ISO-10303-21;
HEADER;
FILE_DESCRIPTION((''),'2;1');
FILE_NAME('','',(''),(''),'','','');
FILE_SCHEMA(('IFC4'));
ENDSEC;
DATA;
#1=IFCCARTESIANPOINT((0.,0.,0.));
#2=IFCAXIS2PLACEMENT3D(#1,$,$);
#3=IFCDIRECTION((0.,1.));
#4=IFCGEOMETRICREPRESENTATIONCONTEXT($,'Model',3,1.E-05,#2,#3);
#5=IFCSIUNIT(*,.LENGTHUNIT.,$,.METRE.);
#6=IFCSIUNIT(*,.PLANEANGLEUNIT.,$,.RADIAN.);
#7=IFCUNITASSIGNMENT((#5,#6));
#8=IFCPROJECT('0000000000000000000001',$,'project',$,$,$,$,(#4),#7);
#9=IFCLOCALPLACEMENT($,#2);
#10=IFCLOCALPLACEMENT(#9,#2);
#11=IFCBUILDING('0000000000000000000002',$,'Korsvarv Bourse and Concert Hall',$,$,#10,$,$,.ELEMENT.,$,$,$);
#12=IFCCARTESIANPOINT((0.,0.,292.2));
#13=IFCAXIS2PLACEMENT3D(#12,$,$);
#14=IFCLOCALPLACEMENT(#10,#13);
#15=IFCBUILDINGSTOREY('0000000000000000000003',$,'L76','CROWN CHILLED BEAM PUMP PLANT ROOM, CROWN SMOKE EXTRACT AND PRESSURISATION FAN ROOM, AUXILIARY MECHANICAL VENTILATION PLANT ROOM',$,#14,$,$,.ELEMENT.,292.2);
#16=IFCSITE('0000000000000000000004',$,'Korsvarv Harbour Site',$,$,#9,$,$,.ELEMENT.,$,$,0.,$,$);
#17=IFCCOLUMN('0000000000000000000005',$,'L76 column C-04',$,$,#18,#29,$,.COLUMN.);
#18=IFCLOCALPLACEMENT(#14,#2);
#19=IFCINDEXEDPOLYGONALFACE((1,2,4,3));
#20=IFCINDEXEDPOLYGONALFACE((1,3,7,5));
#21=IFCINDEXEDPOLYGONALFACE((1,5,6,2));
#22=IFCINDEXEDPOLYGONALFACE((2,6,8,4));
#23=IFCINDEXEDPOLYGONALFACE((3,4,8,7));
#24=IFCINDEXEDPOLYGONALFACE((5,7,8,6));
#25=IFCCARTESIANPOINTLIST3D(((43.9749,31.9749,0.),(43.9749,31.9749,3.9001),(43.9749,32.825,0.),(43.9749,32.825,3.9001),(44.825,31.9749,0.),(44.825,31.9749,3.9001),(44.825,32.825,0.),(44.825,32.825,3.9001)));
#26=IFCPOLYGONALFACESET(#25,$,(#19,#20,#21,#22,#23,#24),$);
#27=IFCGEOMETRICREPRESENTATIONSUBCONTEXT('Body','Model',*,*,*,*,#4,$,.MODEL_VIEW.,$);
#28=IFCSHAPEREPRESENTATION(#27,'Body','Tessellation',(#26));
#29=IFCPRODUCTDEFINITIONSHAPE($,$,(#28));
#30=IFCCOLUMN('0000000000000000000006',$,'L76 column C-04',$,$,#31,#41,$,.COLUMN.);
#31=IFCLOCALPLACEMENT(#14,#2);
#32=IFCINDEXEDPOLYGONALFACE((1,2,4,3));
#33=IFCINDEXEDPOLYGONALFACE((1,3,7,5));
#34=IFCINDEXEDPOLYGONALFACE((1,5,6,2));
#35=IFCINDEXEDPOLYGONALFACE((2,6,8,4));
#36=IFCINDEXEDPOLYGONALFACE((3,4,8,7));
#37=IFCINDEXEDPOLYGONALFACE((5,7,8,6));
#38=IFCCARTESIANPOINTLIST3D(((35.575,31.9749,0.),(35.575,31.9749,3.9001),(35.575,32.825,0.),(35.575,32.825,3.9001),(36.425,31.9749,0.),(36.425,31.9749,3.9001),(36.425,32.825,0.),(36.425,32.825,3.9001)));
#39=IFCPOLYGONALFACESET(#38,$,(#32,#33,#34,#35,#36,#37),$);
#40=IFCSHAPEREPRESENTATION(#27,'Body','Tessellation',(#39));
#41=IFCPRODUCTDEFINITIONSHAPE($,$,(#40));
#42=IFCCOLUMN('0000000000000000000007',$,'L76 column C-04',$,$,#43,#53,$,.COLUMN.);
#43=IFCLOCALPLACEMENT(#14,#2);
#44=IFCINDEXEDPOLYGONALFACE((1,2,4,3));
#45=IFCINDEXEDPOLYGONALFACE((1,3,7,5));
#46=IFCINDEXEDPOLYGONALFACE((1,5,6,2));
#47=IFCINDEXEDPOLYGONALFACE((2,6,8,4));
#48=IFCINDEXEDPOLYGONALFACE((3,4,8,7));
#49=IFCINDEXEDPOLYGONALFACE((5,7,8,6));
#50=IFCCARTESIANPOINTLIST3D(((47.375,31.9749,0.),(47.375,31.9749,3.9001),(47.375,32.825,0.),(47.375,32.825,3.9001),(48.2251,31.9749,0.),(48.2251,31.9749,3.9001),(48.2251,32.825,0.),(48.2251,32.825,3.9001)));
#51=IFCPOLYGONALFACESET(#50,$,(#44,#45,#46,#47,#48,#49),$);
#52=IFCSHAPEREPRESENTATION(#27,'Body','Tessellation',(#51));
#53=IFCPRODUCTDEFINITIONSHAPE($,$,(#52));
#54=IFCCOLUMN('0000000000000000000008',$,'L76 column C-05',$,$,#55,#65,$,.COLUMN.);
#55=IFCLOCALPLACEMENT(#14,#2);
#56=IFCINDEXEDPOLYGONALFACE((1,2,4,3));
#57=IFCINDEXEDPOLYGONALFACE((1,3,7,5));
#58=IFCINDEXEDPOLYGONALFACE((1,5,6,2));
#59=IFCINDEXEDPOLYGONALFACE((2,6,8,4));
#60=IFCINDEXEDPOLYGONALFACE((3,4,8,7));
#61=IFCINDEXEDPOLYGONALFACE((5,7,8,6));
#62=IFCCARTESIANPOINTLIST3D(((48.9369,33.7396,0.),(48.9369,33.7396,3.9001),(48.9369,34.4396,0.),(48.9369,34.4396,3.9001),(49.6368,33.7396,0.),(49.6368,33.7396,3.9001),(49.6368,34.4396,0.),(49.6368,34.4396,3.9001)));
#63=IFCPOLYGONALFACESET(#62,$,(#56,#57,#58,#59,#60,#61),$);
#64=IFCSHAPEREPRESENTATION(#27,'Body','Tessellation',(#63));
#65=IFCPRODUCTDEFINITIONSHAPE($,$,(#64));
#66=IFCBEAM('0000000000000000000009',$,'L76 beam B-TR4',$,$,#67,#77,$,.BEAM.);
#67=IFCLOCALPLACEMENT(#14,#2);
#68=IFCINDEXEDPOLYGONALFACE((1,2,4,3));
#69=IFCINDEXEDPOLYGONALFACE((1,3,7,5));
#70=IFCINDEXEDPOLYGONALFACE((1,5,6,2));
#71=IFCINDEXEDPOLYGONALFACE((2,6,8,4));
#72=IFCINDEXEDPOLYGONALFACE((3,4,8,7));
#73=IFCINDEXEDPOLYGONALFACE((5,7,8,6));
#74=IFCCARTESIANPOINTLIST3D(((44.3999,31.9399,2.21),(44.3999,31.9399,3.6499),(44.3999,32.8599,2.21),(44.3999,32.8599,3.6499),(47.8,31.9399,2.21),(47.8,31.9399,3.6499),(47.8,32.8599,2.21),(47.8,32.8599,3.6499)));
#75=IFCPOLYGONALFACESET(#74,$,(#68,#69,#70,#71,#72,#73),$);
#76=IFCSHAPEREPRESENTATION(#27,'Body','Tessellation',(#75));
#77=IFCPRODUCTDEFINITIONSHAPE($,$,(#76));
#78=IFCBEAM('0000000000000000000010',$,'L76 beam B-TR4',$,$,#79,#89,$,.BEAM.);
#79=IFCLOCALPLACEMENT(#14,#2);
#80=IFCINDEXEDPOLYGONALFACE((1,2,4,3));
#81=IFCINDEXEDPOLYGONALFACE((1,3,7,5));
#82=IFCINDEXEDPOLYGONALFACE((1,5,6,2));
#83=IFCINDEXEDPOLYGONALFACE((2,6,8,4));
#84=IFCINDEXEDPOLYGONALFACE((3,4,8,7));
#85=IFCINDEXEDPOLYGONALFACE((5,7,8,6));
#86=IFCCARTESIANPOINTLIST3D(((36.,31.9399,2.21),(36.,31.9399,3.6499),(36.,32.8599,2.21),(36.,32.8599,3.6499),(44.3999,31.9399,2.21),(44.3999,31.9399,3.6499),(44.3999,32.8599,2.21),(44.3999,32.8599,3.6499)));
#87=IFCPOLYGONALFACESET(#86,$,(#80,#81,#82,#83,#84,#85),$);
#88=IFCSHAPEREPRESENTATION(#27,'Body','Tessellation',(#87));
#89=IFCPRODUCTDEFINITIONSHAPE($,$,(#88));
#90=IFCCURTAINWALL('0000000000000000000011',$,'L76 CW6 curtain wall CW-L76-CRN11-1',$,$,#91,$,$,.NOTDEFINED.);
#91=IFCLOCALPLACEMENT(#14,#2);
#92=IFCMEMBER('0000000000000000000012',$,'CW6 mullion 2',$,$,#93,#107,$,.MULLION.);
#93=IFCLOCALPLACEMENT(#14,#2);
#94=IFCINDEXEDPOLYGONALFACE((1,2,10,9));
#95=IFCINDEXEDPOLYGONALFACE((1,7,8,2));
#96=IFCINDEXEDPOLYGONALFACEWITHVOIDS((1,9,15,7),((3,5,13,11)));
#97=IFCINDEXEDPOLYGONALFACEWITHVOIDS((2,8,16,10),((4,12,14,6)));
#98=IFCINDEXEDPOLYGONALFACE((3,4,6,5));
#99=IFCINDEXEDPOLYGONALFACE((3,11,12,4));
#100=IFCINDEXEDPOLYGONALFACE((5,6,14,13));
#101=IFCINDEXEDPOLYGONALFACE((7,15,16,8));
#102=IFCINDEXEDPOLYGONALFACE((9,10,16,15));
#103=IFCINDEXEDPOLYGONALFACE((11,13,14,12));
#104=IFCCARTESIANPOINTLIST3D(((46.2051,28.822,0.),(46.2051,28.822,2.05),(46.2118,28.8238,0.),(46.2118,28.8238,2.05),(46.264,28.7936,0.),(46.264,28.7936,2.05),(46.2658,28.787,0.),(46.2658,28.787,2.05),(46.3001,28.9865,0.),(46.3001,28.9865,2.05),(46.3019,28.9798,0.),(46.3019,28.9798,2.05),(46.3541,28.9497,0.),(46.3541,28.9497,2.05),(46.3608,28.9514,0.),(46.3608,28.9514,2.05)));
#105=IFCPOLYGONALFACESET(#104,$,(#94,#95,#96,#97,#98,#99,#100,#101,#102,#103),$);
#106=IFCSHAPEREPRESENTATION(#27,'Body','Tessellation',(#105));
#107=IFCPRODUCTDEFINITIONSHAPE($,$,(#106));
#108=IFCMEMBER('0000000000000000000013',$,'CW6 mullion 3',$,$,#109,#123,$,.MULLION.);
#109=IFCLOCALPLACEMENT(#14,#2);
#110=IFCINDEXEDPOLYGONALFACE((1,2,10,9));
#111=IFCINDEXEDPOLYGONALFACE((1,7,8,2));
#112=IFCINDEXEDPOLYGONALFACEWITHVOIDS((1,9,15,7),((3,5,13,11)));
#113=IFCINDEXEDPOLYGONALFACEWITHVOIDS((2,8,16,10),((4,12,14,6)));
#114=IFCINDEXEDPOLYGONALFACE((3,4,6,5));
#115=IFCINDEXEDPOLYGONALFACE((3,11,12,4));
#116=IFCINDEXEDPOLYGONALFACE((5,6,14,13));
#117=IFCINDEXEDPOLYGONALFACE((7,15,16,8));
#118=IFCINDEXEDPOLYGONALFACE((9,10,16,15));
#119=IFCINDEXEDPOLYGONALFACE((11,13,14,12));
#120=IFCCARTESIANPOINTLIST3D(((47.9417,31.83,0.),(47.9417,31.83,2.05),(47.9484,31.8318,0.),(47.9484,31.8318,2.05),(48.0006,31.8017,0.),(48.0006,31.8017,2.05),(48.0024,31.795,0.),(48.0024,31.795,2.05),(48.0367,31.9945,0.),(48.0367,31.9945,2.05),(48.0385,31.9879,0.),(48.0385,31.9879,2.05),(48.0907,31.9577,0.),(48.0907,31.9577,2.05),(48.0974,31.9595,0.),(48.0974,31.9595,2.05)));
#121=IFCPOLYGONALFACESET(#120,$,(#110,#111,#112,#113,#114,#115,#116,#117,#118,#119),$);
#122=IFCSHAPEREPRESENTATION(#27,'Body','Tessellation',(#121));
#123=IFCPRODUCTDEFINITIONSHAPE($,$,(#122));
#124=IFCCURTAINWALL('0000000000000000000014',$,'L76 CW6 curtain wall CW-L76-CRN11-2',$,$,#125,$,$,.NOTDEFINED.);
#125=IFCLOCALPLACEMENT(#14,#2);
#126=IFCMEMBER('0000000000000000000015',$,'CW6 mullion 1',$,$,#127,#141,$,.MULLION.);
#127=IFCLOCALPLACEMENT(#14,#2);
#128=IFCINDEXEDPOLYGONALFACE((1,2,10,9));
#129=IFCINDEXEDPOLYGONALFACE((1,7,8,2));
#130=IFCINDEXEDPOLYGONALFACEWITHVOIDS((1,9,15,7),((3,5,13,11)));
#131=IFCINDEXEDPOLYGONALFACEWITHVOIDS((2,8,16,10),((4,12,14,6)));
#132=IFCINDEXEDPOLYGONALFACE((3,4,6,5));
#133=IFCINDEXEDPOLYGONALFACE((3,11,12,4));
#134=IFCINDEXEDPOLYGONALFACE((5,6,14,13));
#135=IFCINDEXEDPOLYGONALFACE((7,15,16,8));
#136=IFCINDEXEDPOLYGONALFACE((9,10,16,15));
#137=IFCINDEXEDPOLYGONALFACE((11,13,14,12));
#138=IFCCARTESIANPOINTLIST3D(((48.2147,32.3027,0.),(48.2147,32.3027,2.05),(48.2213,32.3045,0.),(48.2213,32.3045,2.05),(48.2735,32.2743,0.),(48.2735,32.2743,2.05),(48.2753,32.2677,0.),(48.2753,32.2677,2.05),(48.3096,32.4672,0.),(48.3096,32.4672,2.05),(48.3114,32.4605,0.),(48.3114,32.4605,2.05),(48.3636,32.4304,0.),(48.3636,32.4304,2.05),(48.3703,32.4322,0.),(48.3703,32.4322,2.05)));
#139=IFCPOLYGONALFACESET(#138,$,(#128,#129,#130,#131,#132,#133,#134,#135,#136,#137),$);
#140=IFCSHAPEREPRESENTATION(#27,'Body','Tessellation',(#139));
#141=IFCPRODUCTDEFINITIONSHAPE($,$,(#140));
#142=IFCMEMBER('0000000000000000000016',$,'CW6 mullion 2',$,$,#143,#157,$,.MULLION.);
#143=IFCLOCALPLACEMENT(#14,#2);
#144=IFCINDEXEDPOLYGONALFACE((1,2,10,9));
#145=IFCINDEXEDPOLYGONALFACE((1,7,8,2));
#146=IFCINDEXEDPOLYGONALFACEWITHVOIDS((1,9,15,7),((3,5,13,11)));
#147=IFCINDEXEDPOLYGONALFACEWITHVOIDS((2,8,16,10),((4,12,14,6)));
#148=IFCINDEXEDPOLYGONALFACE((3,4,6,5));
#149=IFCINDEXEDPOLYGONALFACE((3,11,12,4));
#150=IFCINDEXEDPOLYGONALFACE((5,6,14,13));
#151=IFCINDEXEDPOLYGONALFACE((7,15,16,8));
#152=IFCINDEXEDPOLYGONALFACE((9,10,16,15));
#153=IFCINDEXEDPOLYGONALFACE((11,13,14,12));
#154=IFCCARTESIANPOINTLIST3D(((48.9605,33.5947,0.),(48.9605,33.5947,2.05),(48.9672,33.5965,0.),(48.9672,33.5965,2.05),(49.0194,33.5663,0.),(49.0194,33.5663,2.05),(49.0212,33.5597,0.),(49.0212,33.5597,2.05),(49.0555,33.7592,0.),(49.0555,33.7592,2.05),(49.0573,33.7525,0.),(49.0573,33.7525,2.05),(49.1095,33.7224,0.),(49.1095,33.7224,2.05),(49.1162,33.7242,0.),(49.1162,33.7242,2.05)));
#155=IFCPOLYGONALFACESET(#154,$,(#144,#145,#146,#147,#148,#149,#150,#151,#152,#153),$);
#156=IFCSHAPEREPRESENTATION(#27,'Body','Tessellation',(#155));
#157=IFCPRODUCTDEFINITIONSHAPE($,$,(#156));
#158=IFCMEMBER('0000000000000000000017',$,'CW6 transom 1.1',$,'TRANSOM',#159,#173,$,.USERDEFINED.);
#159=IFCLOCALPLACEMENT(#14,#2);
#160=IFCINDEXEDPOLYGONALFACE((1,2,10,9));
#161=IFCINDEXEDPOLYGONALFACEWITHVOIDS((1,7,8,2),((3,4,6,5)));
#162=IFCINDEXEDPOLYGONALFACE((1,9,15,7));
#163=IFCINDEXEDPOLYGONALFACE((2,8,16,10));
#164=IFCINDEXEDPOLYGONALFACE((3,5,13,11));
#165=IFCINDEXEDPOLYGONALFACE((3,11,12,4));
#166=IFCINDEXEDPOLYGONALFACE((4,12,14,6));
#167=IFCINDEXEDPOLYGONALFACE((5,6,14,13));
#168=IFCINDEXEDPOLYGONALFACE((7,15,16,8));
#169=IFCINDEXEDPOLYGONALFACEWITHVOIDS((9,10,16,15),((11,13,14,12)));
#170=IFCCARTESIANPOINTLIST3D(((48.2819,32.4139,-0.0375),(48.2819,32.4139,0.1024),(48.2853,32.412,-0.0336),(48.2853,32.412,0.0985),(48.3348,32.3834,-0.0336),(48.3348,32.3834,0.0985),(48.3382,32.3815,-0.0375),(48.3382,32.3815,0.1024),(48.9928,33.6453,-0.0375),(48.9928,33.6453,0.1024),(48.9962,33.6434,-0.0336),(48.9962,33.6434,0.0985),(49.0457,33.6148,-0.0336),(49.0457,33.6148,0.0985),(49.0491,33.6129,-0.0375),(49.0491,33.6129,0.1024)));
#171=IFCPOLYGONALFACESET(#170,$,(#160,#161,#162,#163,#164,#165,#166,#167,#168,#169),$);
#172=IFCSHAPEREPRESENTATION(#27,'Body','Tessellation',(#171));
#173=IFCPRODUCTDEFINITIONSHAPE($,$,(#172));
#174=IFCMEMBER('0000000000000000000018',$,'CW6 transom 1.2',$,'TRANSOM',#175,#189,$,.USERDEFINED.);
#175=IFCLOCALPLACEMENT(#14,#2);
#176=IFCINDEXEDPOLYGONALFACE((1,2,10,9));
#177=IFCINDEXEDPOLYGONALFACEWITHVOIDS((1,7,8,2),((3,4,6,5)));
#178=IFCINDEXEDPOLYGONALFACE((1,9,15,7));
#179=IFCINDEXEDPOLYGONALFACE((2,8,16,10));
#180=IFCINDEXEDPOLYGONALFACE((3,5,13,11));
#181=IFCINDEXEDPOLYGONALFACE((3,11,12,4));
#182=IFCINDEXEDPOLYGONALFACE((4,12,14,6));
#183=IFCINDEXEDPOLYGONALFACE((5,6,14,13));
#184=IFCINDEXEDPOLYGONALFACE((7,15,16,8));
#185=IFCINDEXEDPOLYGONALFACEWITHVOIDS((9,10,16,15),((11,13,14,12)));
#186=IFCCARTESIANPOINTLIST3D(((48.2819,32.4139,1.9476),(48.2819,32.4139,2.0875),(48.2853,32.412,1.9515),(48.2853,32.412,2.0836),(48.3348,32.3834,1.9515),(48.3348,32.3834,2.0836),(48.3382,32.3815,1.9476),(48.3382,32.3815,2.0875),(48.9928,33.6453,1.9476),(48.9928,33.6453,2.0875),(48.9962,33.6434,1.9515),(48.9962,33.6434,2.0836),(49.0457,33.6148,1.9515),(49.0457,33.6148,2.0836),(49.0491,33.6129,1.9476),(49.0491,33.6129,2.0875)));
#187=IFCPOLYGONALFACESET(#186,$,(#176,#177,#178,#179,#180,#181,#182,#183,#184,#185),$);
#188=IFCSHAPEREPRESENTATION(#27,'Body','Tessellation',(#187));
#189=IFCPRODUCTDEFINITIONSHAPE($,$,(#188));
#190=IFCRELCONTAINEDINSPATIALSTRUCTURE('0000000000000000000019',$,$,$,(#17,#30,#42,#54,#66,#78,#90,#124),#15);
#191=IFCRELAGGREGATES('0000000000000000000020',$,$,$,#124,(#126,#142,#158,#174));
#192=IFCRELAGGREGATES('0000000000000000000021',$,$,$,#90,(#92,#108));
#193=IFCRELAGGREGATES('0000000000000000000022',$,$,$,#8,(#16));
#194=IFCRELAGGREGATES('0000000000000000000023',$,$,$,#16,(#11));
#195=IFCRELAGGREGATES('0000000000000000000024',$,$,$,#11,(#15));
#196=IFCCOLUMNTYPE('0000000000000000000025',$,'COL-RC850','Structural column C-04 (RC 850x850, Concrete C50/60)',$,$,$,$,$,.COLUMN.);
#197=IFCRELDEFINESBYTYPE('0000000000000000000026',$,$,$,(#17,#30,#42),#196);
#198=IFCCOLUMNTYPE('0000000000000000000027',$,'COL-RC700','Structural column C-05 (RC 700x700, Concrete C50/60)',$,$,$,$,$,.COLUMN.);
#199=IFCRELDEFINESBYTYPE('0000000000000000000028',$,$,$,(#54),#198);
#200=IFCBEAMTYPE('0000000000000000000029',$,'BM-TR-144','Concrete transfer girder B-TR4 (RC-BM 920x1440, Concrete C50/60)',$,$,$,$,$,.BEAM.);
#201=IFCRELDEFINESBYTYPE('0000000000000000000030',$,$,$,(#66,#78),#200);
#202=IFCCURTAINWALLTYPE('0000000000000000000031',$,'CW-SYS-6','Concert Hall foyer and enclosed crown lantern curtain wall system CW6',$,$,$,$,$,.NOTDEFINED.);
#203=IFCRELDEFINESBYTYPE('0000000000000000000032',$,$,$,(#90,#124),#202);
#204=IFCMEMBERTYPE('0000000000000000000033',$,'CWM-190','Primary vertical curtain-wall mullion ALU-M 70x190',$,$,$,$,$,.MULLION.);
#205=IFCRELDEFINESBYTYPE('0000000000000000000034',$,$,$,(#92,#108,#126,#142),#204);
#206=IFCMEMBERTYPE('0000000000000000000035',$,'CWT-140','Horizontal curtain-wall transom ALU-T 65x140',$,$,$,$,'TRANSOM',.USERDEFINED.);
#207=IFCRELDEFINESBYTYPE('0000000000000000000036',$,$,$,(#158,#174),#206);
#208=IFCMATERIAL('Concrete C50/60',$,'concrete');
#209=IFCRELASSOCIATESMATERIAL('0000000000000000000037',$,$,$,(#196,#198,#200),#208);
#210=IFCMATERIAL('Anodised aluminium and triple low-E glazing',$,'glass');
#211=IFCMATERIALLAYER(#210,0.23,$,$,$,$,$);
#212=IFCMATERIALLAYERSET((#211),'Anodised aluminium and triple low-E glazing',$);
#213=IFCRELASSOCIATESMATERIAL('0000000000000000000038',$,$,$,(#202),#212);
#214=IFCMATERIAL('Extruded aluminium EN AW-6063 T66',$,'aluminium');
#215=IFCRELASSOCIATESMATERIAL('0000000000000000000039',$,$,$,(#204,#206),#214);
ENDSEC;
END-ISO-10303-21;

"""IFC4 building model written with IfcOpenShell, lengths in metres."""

from ifc_helpers import new_model, si_unit, direction, frame, origin, origin_2d, place, context, subcontext, project, spatial, rectangle, hollow_rectangle, extrude, source, transform, mapped, material, layer, layer_set, material_profile, profile_set, type_object, element, aggregate, save


model = new_model("IFC4")

# Units and contexts
model_context = context("Model", 3, precision=1e-05, world=origin(), true_north=direction((0.0, 1.0)))
body_context = subcontext(model_context, "Body", "Model", "MODEL_VIEW")
ifc_project = project(units=[si_unit("LENGTHUNIT", "METRE"), si_unit("PLANEANGLEUNIT", "RADIAN")], contexts=[model_context])

# Site, building, storey
site_placement = place(None, origin())
site = spatial("IfcSite", under=ifc_project, at=site_placement, Name="Korsvarv Harbour Site", CompositionType="ELEMENT", RefElevation=0.0)
building_placement = place(site_placement, origin())
building = spatial("IfcBuilding", under=site, at=building_placement, Name="Korsvarv Bourse and Concert Hall", CompositionType="ELEMENT")
storey_placement = place(building_placement, frame((0.0, 0.0, 292.2)))
storey = spatial("IfcBuildingStorey", under=building, at=storey_placement, Name="L76", Description="CROWN CHILLED BEAM PUMP PLANT ROOM, CROWN SMOKE EXTRACT AND PRESSURISATION FAN ROOM, AUXILIARY MECHANICAL VENTILATION PLANT ROOM", CompositionType="ELEMENT", Elevation=292.2)

# Columns
ifc_material_1 = material(Name="Concrete C50/60", Category="concrete")
ifc_material_profile_1 = material_profile(ifc_material_1, rectangle(XDim=0.8501, YDim=0.8501, at=origin_2d()), Name="RC 850x850")
ifc_profile_set_1 = profile_set([ifc_material_profile_1], Name="Concrete C50/60")
column_type_1 = type_object("IfcColumnType", Name="COL-RC850", Description="Structural column C-04 (RC 850x850, Concrete C50/60)", PredefinedType="COLUMN", material=ifc_profile_set_1)
shared_shape_1 = source(origin(), body_context, "Body", "SweptSolid", [
    extrude(rectangle(XDim=0.8501, YDim=0.8501, at=origin_2d()), origin(), (0.0, 0.0, 1.0), 3.9001),
])
for number, where, z_axis, x_axis, name in (
    (1, (44.3999, 32.3999, 0.0), (0.0, 0.0, 1.0), (1.0, 0.0, 0.0), "L76 column C-04"),
    (2, (36.0, 32.3999, 0.0), (0.0, 0.0, 1.0), (1.0, 0.0, 0.0), "L76 column C-04"),
    (3, (47.8, 32.3999, 0.0), (0.0, 0.0, 1.0), (1.0, 0.0, 0.0), "L76 column C-04"),
):
    element("IfcColumn", number, at=place(storey_placement, frame(where, z_axis=z_axis, x_axis=x_axis)), inside=storey, type_object=column_type_1, Name=name, PredefinedType="COLUMN", context=body_context, shape_type="MappedRepresentation", body=[
        mapped(shared_shape_1, transform((0.0, 0.0, 0.0), scale=1.0)),
    ])
ifc_material_profile_2 = material_profile(ifc_material_1, rectangle(XDim=0.7, YDim=0.7, at=origin_2d()), Name="RC 700x700")
ifc_profile_set_2 = profile_set([ifc_material_profile_2], Name="Concrete C50/60")
column_type_2 = type_object("IfcColumnType", Name="COL-RC700", Description="Structural column C-05 (RC 700x700, Concrete C50/60)", PredefinedType="COLUMN", material=ifc_profile_set_2)
shared_shape_2 = source(origin(), body_context, "Body", "SweptSolid", [
    extrude(rectangle(XDim=0.7, YDim=0.7, at=origin_2d()), origin(), (0.0, 0.0, 1.0), 3.9001),
])
column_placement = place(storey_placement, frame((49.2869, 34.0896, 0.0), z_axis=(0.0, 0.0, 1.0), x_axis=(1.0, 0.0, 0.0)))
element("IfcColumn", 4, at=column_placement, inside=storey, type_object=column_type_2, Name="L76 column C-05", PredefinedType="COLUMN", context=body_context, shape_type="MappedRepresentation", body=[
    mapped(shared_shape_2, transform((0.0, 0.0, 0.0), scale=1.0)),
])

# Beams
ifc_material_profile_3 = material_profile(ifc_material_1, rectangle(XDim=0.9199, YDim=1.4399, at=origin_2d()), Name="RC-BM 920x1440")
ifc_profile_set_3 = profile_set([ifc_material_profile_3], Name="Concrete C50/60")
beam_type = type_object("IfcBeamType", Name="BM-TR-144", Description="Concrete transfer girder B-TR4 (RC-BM 920x1440, Concrete C50/60)", PredefinedType="BEAM", material=ifc_profile_set_3)
shared_shape_3 = source(origin(), body_context, "Body", "SweptSolid", [
    extrude(rectangle(XDim=0.9199, YDim=1.4399, at=origin_2d()), origin(), (0.0, 0.0, 1.0), 3.4001),
])
beam_1_placement = place(storey_placement, frame((44.3999, 32.3999, 2.9299), z_axis=(1.0, 0.0, 0.0), x_axis=(0.0, 1.0, 0.0)))
element("IfcBeam", 5, at=beam_1_placement, inside=storey, type_object=beam_type, Name="L76 beam B-TR4", PredefinedType="BEAM", context=body_context, shape_type="MappedRepresentation", body=[
    mapped(shared_shape_3, transform((0.0, 0.0, 0.0), scale=1.0)),
])
shared_shape_4 = source(origin(), body_context, "Body", "SweptSolid", [
    extrude(rectangle(XDim=0.9199, YDim=1.4399, at=origin_2d()), origin(), (0.0, 0.0, 1.0), 8.3999),
])
beam_2_placement = place(storey_placement, frame((36.0, 32.3999, 2.9299), z_axis=(1.0, 0.0, 0.0), x_axis=(0.0, 1.0, 0.0)))
element("IfcBeam", 6, at=beam_2_placement, inside=storey, type_object=beam_type, Name="L76 beam B-TR4", PredefinedType="BEAM", context=body_context, shape_type="MappedRepresentation", body=[
    mapped(shared_shape_4, transform((0.0, 0.0, 0.0), scale=1.0)),
])

# Curtain walls, members
ifc_material_2 = material(Name="Anodised aluminium and triple low-E glazing", Category="glass")
ifc_layer_1 = layer(ifc_material_2, 0.23)
ifc_layer_set_1 = layer_set([ifc_layer_1], Name="Anodised aluminium and triple low-E glazing")
curtain_wall_type = type_object("IfcCurtainWallType", Name="CW-SYS-6", Description="Concert Hall foyer and enclosed crown lantern curtain wall system CW6", PredefinedType="NOTDEFINED", material=ifc_layer_set_1)
curtain_wall_1_placement = place(storey_placement, origin())
curtain_wall_1 = element("IfcCurtainWall", 7, at=curtain_wall_1_placement, inside=storey, type_object=curtain_wall_type, Name="L76 CW6 curtain wall CW-L76-CRN11-1", PredefinedType="NOTDEFINED")
ifc_material_3 = material(Name="Extruded aluminium EN AW-6063 T66", Category="aluminium")
ifc_material_profile_4 = material_profile(ifc_material_3, hollow_rectangle(XDim=0.0701, YDim=0.1899, WallThickness=0.0049, at=origin_2d()), Name="ALU-M 70x190")
ifc_profile_set_4 = profile_set([ifc_material_profile_4], Name="Extruded aluminium EN AW-6063 T66")
member_type_1 = type_object("IfcMemberType", Name="CWM-190", Description="Primary vertical curtain-wall mullion ALU-M 70x190", PredefinedType="MULLION", material=ifc_profile_set_4)
shared_shape_5 = source(origin(), body_context, "Body", "SweptSolid", [
    extrude(hollow_rectangle(XDim=0.0701, YDim=0.1899, WallThickness=0.0049, at=origin_2d()), origin(), (0.0, 0.0, 1.0), 2.05),
])
member_1_placement = place(storey_placement, frame((46.283, 28.8867, 0.0), z_axis=(0.0, 0.0, 1.0), x_axis=(-0.866027, 0.499997, 0.0)))
member_1 = element("IfcMember", 8, at=member_1_placement, type_object=member_type_1, Name="CW6 mullion 2", PredefinedType="MULLION", context=body_context, shape_type="MappedRepresentation", body=[
    mapped(shared_shape_5, transform((0.0, 0.0, 0.0), scale=1.0)),
])
member_2_placement = place(storey_placement, frame((48.0195, 31.8948, 0.0), z_axis=(0.0, 0.0, 1.0), x_axis=(-0.866027, 0.499997, 0.0)))
member_2 = element("IfcMember", 9, at=member_2_placement, type_object=member_type_1, Name="CW6 mullion 3", PredefinedType="MULLION", context=body_context, shape_type="MappedRepresentation", body=[
    mapped(shared_shape_5, transform((0.0, 0.0, 0.0), scale=1.0)),
])
curtain_wall_2_placement = place(storey_placement, origin())
curtain_wall_2 = element("IfcCurtainWall", 10, at=curtain_wall_2_placement, inside=storey, type_object=curtain_wall_type, Name="L76 CW6 curtain wall CW-L76-CRN11-2", PredefinedType="NOTDEFINED")
member_3_placement = place(storey_placement, frame((48.2925, 32.3674, 0.0), z_axis=(0.0, 0.0, 1.0), x_axis=(-0.866016, 0.500016, 0.0)))
member_3 = element("IfcMember", 11, at=member_3_placement, type_object=member_type_1, Name="CW6 mullion 1", PredefinedType="MULLION", context=body_context, shape_type="MappedRepresentation", body=[
    mapped(shared_shape_5, transform((0.0, 0.0, 0.0), scale=1.0)),
])
member_4_placement = place(storey_placement, frame((49.0383, 33.6594, 0.0), z_axis=(0.0, 0.0, 1.0), x_axis=(-0.866016, 0.500016, 0.0)))
member_4 = element("IfcMember", 12, at=member_4_placement, type_object=member_type_1, Name="CW6 mullion 2", PredefinedType="MULLION", context=body_context, shape_type="MappedRepresentation", body=[
    mapped(shared_shape_5, transform((0.0, 0.0, 0.0), scale=1.0)),
])
ifc_material_profile_5 = material_profile(ifc_material_3, hollow_rectangle(XDim=0.0649, YDim=0.1399, WallThickness=0.0039, at=origin_2d()), Name="ALU-T 65x140")
ifc_profile_set_5 = profile_set([ifc_material_profile_5], Name="Extruded aluminium EN AW-6063 T66")
member_type_2 = type_object("IfcMemberType", Name="CWT-140", Description="Horizontal curtain-wall transom ALU-T 65x140", ElementType="TRANSOM", PredefinedType="USERDEFINED", material=ifc_profile_set_5)
shared_shape_6 = source(origin(), body_context, "Body", "SweptSolid", [
    extrude(hollow_rectangle(XDim=0.0649, YDim=0.1399, WallThickness=0.0039, at=origin_2d()), origin(), (0.0, 0.0, 1.0), 1.4219),
])
member_5_placement = place(storey_placement, frame((48.3101, 32.3977, 0.0325), z_axis=(0.49998, 0.866037, 0.0), x_axis=(-0.866037, 0.49998, 0.0)))
member_5 = element("IfcMember", 13, at=member_5_placement, type_object=member_type_2, Name="CW6 transom 1.1", ObjectType="TRANSOM", PredefinedType="USERDEFINED", context=body_context, shape_type="MappedRepresentation", body=[
    mapped(shared_shape_6, transform((0.0, 0.0, 0.0), scale=1.0)),
])
member_6_placement = place(storey_placement, frame((48.3101, 32.3977, 2.0176), z_axis=(0.49998, 0.866037, 0.0), x_axis=(-0.866037, 0.49998, 0.0)))
member_6 = element("IfcMember", 14, at=member_6_placement, type_object=member_type_2, Name="CW6 transom 1.2", ObjectType="TRANSOM", PredefinedType="USERDEFINED", context=body_context, shape_type="MappedRepresentation", body=[
    mapped(shared_shape_6, transform((0.0, 0.0, 0.0), scale=1.0)),
])

aggregate(curtain_wall_2, [member_3, member_4, member_5, member_6])
aggregate(curtain_wall_1, [member_1, member_2])

save(model, "model.ifc")
